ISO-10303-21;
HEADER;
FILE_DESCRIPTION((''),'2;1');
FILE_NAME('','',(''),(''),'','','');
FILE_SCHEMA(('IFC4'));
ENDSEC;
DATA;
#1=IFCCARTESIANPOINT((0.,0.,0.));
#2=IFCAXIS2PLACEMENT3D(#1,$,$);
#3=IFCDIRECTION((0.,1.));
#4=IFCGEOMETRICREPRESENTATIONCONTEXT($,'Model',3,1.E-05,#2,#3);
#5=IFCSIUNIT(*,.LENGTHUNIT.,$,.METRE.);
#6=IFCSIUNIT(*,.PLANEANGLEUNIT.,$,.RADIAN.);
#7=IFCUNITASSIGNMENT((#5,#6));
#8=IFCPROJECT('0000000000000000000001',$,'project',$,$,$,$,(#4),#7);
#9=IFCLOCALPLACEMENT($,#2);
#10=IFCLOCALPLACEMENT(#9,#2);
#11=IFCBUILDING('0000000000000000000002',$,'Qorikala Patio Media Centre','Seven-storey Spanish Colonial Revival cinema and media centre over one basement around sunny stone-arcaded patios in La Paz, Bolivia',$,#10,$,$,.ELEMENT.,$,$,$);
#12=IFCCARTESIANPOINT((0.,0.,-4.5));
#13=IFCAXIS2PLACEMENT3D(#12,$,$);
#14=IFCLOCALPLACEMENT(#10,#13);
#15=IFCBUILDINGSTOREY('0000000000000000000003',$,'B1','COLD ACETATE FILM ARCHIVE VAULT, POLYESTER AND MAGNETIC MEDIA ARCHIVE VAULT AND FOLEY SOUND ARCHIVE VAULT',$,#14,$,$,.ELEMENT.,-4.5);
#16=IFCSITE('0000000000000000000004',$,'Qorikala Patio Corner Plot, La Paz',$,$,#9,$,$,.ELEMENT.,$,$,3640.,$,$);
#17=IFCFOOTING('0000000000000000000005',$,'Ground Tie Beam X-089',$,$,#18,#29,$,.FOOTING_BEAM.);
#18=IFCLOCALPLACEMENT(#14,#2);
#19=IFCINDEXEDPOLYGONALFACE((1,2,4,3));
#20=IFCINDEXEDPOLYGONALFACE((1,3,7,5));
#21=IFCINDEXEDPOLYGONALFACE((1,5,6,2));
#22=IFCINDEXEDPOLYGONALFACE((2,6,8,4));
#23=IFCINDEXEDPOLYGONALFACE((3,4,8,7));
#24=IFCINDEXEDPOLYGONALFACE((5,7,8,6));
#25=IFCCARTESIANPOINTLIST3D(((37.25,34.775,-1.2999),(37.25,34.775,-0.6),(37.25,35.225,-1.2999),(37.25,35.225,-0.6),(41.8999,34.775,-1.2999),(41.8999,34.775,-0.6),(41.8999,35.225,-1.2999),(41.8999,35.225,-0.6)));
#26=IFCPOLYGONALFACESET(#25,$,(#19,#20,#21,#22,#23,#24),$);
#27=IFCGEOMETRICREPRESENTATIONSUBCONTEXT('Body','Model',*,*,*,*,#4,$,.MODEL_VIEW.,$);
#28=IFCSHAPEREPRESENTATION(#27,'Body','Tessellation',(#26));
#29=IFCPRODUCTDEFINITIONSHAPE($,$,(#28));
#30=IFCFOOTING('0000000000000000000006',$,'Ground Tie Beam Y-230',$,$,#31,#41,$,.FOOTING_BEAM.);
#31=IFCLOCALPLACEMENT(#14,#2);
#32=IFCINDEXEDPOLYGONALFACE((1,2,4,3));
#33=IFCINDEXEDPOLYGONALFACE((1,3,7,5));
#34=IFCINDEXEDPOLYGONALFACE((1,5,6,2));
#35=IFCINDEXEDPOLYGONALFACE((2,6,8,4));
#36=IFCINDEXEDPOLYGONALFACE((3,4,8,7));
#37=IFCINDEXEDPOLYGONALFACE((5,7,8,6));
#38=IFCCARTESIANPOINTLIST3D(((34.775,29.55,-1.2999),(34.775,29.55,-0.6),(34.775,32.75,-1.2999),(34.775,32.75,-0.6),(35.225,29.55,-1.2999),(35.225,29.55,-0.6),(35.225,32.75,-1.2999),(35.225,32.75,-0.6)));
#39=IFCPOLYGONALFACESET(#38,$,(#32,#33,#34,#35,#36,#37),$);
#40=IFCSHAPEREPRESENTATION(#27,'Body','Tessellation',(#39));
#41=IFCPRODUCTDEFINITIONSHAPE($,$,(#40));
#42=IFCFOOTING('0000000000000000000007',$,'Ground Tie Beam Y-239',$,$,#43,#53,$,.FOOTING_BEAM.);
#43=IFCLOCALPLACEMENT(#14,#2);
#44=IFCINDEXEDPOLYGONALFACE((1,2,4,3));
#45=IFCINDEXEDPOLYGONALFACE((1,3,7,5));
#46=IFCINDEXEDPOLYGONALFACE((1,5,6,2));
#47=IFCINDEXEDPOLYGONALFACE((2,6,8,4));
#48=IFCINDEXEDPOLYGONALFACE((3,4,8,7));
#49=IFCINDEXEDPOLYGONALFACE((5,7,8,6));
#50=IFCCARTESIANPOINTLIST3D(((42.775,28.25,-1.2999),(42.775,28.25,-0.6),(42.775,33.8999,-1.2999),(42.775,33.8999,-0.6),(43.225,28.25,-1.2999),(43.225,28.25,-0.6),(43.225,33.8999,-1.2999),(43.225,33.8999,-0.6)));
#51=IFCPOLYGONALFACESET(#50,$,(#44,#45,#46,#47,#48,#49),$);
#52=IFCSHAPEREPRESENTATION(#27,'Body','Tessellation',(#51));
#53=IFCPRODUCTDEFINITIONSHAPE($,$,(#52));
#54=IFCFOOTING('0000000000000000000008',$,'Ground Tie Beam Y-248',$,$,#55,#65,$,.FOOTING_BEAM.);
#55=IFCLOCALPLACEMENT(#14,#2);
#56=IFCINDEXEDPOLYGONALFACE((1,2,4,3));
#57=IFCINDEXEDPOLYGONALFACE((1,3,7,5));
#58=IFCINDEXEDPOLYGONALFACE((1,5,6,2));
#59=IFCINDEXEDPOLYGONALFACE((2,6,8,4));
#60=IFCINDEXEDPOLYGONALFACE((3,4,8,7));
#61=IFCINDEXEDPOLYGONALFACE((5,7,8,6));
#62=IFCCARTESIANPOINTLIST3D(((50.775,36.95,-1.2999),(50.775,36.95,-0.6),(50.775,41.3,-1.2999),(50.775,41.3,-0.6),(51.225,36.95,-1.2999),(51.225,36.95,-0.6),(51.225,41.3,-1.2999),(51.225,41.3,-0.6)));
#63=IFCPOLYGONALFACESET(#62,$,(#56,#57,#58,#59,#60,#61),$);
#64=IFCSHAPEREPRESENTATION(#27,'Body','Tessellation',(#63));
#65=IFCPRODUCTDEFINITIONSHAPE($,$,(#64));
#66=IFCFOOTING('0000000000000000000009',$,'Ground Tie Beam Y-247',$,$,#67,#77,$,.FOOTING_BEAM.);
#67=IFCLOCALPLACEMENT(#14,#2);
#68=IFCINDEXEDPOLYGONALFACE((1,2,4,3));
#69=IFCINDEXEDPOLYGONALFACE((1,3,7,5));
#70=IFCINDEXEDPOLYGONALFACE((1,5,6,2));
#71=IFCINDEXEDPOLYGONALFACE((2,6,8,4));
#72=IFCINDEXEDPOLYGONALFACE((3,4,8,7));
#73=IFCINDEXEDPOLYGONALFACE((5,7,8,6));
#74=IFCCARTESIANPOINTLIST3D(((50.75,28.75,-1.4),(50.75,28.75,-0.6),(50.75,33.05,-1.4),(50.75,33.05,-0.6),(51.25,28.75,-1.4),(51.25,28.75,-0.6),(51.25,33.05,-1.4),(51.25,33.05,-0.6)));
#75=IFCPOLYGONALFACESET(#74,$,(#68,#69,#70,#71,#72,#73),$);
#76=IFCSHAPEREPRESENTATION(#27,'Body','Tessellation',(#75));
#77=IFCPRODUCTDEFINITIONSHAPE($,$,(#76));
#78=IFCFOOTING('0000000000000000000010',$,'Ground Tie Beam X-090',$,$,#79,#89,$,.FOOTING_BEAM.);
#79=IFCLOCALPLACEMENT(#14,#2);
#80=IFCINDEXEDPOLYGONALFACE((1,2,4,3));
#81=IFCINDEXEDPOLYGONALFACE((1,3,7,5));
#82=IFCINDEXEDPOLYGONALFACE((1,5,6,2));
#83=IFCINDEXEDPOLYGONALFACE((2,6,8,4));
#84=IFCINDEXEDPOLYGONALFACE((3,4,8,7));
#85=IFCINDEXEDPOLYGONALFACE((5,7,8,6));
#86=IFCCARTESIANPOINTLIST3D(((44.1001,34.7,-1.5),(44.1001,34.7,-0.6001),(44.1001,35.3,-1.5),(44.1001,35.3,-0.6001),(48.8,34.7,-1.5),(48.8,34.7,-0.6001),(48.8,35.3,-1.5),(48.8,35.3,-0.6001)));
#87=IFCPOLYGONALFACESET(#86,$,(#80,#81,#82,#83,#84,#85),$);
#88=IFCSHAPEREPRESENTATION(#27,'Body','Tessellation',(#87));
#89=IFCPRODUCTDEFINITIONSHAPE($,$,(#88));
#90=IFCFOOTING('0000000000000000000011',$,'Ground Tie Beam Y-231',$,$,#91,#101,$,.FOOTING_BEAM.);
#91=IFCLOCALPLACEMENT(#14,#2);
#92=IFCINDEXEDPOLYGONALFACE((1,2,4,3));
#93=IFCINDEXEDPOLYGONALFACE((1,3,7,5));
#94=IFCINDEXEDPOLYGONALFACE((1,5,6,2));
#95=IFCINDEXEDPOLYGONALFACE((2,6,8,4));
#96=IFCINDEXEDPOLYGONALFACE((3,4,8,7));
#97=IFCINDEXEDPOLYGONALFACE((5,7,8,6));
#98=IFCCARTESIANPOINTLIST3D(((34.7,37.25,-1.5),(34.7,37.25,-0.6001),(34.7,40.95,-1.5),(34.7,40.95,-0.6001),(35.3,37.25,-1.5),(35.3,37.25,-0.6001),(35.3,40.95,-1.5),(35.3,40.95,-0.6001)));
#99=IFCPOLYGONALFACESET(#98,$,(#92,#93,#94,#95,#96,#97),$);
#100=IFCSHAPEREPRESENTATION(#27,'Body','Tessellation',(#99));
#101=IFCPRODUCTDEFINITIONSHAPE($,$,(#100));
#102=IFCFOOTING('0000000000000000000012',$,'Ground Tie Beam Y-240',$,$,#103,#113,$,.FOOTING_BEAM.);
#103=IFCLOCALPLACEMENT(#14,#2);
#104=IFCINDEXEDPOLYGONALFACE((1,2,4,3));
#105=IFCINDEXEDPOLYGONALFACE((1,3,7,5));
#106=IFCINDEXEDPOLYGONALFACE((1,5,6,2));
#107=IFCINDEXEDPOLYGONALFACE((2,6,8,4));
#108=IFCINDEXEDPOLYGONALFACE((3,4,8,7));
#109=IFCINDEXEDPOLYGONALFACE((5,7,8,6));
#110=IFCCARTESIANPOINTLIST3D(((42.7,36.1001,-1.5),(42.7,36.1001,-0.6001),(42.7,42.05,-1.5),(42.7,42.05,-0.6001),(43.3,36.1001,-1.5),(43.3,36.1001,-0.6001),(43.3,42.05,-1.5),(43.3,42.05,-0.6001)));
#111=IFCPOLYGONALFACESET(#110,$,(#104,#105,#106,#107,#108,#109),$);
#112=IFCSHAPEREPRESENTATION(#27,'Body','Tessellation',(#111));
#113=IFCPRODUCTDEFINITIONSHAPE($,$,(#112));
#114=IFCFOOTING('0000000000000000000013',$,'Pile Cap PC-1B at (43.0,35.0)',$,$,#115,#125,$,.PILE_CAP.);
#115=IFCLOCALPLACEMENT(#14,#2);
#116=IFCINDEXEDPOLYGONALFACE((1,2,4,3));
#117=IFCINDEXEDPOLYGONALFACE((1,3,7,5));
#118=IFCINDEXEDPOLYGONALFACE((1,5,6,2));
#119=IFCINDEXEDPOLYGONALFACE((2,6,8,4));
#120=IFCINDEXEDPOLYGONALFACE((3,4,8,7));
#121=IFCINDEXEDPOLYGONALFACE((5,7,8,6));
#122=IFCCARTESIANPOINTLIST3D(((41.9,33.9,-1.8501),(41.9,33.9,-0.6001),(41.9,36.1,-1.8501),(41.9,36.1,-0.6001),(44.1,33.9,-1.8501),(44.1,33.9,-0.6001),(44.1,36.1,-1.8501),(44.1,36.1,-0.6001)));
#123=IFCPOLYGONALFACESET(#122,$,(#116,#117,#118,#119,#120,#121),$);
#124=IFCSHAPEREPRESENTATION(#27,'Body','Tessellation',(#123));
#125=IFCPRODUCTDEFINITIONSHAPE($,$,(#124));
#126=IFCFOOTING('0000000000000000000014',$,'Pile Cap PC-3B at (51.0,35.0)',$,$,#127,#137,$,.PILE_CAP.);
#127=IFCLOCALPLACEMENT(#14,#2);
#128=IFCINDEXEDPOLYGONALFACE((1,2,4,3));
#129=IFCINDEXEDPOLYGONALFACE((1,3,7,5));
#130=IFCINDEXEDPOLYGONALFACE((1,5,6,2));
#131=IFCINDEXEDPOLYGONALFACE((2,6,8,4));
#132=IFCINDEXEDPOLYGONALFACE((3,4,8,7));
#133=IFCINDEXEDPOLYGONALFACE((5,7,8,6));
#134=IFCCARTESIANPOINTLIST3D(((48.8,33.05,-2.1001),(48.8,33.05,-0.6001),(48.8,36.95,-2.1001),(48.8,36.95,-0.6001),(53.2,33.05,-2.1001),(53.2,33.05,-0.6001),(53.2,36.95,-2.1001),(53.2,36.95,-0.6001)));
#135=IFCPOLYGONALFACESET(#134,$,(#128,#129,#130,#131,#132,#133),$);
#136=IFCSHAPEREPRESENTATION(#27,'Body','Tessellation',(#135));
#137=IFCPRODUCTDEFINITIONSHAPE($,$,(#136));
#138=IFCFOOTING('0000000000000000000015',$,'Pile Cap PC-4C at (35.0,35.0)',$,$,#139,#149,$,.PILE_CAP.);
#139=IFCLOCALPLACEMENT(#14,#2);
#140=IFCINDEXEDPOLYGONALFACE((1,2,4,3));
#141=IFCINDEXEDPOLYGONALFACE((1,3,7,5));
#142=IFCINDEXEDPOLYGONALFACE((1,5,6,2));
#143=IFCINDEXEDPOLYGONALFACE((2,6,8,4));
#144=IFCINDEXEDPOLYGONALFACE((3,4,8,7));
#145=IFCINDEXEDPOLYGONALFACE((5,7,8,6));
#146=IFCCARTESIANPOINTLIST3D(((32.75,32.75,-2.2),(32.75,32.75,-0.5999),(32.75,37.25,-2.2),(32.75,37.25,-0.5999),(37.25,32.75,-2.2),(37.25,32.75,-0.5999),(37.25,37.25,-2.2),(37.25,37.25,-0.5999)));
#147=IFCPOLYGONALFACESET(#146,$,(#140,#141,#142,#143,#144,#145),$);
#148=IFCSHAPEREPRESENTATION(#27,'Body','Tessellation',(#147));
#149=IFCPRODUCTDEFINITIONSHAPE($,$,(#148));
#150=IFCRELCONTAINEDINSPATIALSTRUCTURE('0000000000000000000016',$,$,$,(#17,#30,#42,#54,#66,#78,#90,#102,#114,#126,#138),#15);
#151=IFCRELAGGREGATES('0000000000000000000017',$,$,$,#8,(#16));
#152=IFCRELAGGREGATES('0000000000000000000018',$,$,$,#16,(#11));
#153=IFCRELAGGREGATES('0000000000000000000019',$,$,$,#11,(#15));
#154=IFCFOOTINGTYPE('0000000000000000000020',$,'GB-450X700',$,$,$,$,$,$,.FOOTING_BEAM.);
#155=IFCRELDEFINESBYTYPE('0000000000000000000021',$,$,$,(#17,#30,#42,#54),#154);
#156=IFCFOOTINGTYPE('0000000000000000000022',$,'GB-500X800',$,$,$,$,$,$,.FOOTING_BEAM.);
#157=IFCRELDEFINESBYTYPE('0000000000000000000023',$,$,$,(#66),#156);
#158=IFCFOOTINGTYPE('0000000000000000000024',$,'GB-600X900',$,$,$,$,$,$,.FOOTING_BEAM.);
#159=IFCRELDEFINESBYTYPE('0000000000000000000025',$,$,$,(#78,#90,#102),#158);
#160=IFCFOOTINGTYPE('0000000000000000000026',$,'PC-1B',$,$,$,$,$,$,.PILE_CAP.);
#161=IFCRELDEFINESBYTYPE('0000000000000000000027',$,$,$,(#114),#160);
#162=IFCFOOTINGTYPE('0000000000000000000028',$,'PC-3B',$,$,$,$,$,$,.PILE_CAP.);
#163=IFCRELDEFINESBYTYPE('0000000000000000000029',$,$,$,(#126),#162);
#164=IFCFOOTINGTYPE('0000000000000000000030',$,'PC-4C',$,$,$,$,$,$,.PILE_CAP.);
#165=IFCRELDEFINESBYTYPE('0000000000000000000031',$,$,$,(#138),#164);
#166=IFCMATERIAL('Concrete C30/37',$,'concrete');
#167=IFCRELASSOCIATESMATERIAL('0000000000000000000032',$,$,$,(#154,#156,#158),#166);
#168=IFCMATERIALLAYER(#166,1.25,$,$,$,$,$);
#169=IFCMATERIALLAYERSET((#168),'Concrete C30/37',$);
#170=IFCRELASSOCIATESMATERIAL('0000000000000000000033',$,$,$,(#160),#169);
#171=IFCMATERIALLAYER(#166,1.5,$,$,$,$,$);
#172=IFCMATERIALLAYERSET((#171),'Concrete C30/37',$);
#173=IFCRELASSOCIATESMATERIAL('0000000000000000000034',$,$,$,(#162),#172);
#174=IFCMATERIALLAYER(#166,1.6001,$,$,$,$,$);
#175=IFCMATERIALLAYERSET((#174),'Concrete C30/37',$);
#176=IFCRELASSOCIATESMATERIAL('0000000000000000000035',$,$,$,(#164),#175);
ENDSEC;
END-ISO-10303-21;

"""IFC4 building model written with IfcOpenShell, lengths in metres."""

from ifc_helpers import new_model, si_unit, direction, frame, origin, origin_2d, place, context, subcontext, project, spatial, rectangle, extrude, material, layer, layer_set, material_profile, profile_set, type_object, element, save


model = new_model("IFC4")

# Units and contexts
model_context = context("Model", 3, precision=1e-05, world=origin(), true_north=direction((0.0, 1.0)))
body_context = subcontext(model_context, "Body", "Model", "MODEL_VIEW")
ifc_project = project(units=[si_unit("LENGTHUNIT", "METRE"), si_unit("PLANEANGLEUNIT", "RADIAN")], contexts=[model_context])

# Site, building, storey
site_placement = place(None, origin())
site = spatial("IfcSite", under=ifc_project, at=site_placement, Name="Qorikala Patio Corner Plot, La Paz", CompositionType="ELEMENT", RefElevation=3640.0)
building_placement = place(site_placement, origin())
building = spatial("IfcBuilding", under=site, at=building_placement, Name="Qorikala Patio Media Centre", Description="Seven-storey Spanish Colonial Revival cinema and media centre over one basement around sunny stone-arcaded patios in La Paz, Bolivia", CompositionType="ELEMENT")
storey_placement = place(building_placement, frame((0.0, 0.0, -4.5)))
storey = spatial("IfcBuildingStorey", under=building, at=storey_placement, Name="B1", Description="COLD ACETATE FILM ARCHIVE VAULT, POLYESTER AND MAGNETIC MEDIA ARCHIVE VAULT AND FOLEY SOUND ARCHIVE VAULT", CompositionType="ELEMENT", Elevation=-4.5)

# Footings
ifc_material_1 = material(Name="Concrete C30/37", Category="concrete")
ifc_material_profile_1 = material_profile(ifc_material_1, rectangle(XDim=0.45, YDim=0.7, at=origin_2d()), Name="RC 450x700")
ifc_profile_set_1 = profile_set([ifc_material_profile_1], Name="Concrete C30/37")
footing_type_1 = type_object("IfcFootingType", Name="GB-450X700", PredefinedType="FOOTING_BEAM", material=ifc_profile_set_1)
footing_1_placement = place(storey_placement, frame((37.25, 35.0, -0.95), z_axis=(1.0, 0.0, 0.0), x_axis=(0.0, 1.0, 0.0)))
element("IfcFooting", 1, at=footing_1_placement, inside=storey, type_object=footing_type_1, Name="Ground Tie Beam X-089", PredefinedType="FOOTING_BEAM", context=body_context, shape_type="SweptSolid", body=[
    extrude(rectangle(XDim=0.45, YDim=0.7, at=origin_2d()), origin(), (0.0, 0.0, 1.0), 4.6499),
])
footing_2_placement = place(storey_placement, frame((35.0, 29.55, -0.95), z_axis=(0.0, 1.0, 0.0), x_axis=(-1.0, 0.0, 0.0)))
element("IfcFooting", 2, at=footing_2_placement, inside=storey, type_object=footing_type_1, Name="Ground Tie Beam Y-230", PredefinedType="FOOTING_BEAM", context=body_context, shape_type="SweptSolid", body=[
    extrude(rectangle(XDim=0.45, YDim=0.7, at=origin_2d()), origin(), (0.0, 0.0, 1.0), 3.2),
])
footing_3_placement = place(storey_placement, frame((43.0, 28.25, -0.95), z_axis=(0.0, 1.0, 0.0), x_axis=(-1.0, 0.0, 0.0)))
element("IfcFooting", 3, at=footing_3_placement, inside=storey, type_object=footing_type_1, Name="Ground Tie Beam Y-239", PredefinedType="FOOTING_BEAM", context=body_context, shape_type="SweptSolid", body=[
    extrude(rectangle(XDim=0.45, YDim=0.7, at=origin_2d()), origin(), (0.0, 0.0, 1.0), 5.6499),
])
footing_4_placement = place(storey_placement, frame((51.0, 36.95, -0.95), z_axis=(0.0, 1.0, 0.0), x_axis=(-1.0, 0.0, 0.0)))
element("IfcFooting", 4, at=footing_4_placement, inside=storey, type_object=footing_type_1, Name="Ground Tie Beam Y-248", PredefinedType="FOOTING_BEAM", context=body_context, shape_type="SweptSolid", body=[
    extrude(rectangle(XDim=0.45, YDim=0.7, at=origin_2d()), origin(), (0.0, 0.0, 1.0), 4.3501),
])
ifc_material_profile_2 = material_profile(ifc_material_1, rectangle(XDim=0.5, YDim=0.8, at=origin_2d()), Name="RC 500x800")
ifc_profile_set_2 = profile_set([ifc_material_profile_2], Name="Concrete C30/37")
footing_type_2 = type_object("IfcFootingType", Name="GB-500X800", PredefinedType="FOOTING_BEAM", material=ifc_profile_set_2)
footing_5_placement = place(storey_placement, frame((51.0, 28.75, -1.0), z_axis=(0.0, 1.0, 0.0), x_axis=(-1.0, 0.0, 0.0)))
element("IfcFooting", 5, at=footing_5_placement, inside=storey, type_object=footing_type_2, Name="Ground Tie Beam Y-247", PredefinedType="FOOTING_BEAM", context=body_context, shape_type="SweptSolid", body=[
    extrude(rectangle(XDim=0.5, YDim=0.8, at=origin_2d()), origin(), (0.0, 0.0, 1.0), 4.3),
])
ifc_material_profile_3 = material_profile(ifc_material_1, rectangle(XDim=0.6001, YDim=0.8999, at=origin_2d()), Name="RC 600x900")
ifc_profile_set_3 = profile_set([ifc_material_profile_3], Name="Concrete C30/37")
footing_type_3 = type_object("IfcFootingType", Name="GB-600X900", PredefinedType="FOOTING_BEAM", material=ifc_profile_set_3)
footing_6_placement = place(storey_placement, frame((44.1001, 35.0, -1.05), z_axis=(1.0, 0.0, 0.0), x_axis=(0.0, 1.0, 0.0)))
element("IfcFooting", 6, at=footing_6_placement, inside=storey, type_object=footing_type_3, Name="Ground Tie Beam X-090", PredefinedType="FOOTING_BEAM", context=body_context, shape_type="SweptSolid", body=[
    extrude(rectangle(XDim=0.6001, YDim=0.8999, at=origin_2d()), origin(), (0.0, 0.0, 1.0), 4.7),
])
footing_7_placement = place(storey_placement, frame((35.0, 37.25, -1.05), z_axis=(0.0, 1.0, 0.0), x_axis=(-1.0, 0.0, 0.0)))
element("IfcFooting", 7, at=footing_7_placement, inside=storey, type_object=footing_type_3, Name="Ground Tie Beam Y-231", PredefinedType="FOOTING_BEAM", context=body_context, shape_type="SweptSolid", body=[
    extrude(rectangle(XDim=0.6001, YDim=0.8999, at=origin_2d()), origin(), (0.0, 0.0, 1.0), 3.7),
])
footing_8_placement = place(storey_placement, frame((43.0, 36.1001, -1.05), z_axis=(0.0, 1.0, 0.0), x_axis=(-1.0, 0.0, 0.0)))
element("IfcFooting", 8, at=footing_8_placement, inside=storey, type_object=footing_type_3, Name="Ground Tie Beam Y-240", PredefinedType="FOOTING_BEAM", context=body_context, shape_type="SweptSolid", body=[
    extrude(rectangle(XDim=0.6001, YDim=0.8999, at=origin_2d()), origin(), (0.0, 0.0, 1.0), 5.95),
])
ifc_layer_1 = layer(ifc_material_1, 1.25)
ifc_layer_set_1 = layer_set([ifc_layer_1], Name="Concrete C30/37")
footing_type_4 = type_object("IfcFootingType", Name="PC-1B", PredefinedType="PILE_CAP", material=ifc_layer_set_1)
footing_9_placement = place(storey_placement, frame((43.0, 35.0, -1.8501), z_axis=(0.0, 0.0, 1.0), x_axis=(1.0, 0.0, 0.0)))
element("IfcFooting", 9, at=footing_9_placement, inside=storey, type_object=footing_type_4, Name="Pile Cap PC-1B at (43.0,35.0)", PredefinedType="PILE_CAP", context=body_context, shape_type="SweptSolid", body=[
    extrude(rectangle(XDim=2.2, YDim=2.2, at=origin_2d()), origin(), (0.0, 0.0, 1.0), 1.25),
])
ifc_layer_2 = layer(ifc_material_1, 1.5)
ifc_layer_set_2 = layer_set([ifc_layer_2], Name="Concrete C30/37")
footing_type_5 = type_object("IfcFootingType", Name="PC-3B", PredefinedType="PILE_CAP", material=ifc_layer_set_2)
footing_10_placement = place(storey_placement, frame((51.0, 35.0, -2.1001), z_axis=(0.0, 0.0, 1.0), x_axis=(1.0, 0.0, 0.0)))
element("IfcFooting", 10, at=footing_10_placement, inside=storey, type_object=footing_type_5, Name="Pile Cap PC-3B at (51.0,35.0)", PredefinedType="PILE_CAP", context=body_context, shape_type="SweptSolid", body=[
    extrude(rectangle(XDim=4.3999, YDim=3.8999, at=origin_2d()), origin(), (0.0, 0.0, 1.0), 1.5),
])
ifc_layer_3 = layer(ifc_material_1, 1.6001)
ifc_layer_set_3 = layer_set([ifc_layer_3], Name="Concrete C30/37")
footing_type_6 = type_object("IfcFootingType", Name="PC-4C", PredefinedType="PILE_CAP", material=ifc_layer_set_3)
footing_11_placement = place(storey_placement, frame((35.0, 35.0, -2.2), z_axis=(0.0, 0.0, 1.0), x_axis=(1.0, 0.0, 0.0)))
element("IfcFooting", 11, at=footing_11_placement, inside=storey, type_object=footing_type_6, Name="Pile Cap PC-4C at (35.0,35.0)", PredefinedType="PILE_CAP", context=body_context, shape_type="SweptSolid", body=[
    extrude(rectangle(XDim=4.5, YDim=4.5, at=origin_2d()), origin(), (0.0, 0.0, 1.0), 1.6001),
])

save(model, "model.ifc")
